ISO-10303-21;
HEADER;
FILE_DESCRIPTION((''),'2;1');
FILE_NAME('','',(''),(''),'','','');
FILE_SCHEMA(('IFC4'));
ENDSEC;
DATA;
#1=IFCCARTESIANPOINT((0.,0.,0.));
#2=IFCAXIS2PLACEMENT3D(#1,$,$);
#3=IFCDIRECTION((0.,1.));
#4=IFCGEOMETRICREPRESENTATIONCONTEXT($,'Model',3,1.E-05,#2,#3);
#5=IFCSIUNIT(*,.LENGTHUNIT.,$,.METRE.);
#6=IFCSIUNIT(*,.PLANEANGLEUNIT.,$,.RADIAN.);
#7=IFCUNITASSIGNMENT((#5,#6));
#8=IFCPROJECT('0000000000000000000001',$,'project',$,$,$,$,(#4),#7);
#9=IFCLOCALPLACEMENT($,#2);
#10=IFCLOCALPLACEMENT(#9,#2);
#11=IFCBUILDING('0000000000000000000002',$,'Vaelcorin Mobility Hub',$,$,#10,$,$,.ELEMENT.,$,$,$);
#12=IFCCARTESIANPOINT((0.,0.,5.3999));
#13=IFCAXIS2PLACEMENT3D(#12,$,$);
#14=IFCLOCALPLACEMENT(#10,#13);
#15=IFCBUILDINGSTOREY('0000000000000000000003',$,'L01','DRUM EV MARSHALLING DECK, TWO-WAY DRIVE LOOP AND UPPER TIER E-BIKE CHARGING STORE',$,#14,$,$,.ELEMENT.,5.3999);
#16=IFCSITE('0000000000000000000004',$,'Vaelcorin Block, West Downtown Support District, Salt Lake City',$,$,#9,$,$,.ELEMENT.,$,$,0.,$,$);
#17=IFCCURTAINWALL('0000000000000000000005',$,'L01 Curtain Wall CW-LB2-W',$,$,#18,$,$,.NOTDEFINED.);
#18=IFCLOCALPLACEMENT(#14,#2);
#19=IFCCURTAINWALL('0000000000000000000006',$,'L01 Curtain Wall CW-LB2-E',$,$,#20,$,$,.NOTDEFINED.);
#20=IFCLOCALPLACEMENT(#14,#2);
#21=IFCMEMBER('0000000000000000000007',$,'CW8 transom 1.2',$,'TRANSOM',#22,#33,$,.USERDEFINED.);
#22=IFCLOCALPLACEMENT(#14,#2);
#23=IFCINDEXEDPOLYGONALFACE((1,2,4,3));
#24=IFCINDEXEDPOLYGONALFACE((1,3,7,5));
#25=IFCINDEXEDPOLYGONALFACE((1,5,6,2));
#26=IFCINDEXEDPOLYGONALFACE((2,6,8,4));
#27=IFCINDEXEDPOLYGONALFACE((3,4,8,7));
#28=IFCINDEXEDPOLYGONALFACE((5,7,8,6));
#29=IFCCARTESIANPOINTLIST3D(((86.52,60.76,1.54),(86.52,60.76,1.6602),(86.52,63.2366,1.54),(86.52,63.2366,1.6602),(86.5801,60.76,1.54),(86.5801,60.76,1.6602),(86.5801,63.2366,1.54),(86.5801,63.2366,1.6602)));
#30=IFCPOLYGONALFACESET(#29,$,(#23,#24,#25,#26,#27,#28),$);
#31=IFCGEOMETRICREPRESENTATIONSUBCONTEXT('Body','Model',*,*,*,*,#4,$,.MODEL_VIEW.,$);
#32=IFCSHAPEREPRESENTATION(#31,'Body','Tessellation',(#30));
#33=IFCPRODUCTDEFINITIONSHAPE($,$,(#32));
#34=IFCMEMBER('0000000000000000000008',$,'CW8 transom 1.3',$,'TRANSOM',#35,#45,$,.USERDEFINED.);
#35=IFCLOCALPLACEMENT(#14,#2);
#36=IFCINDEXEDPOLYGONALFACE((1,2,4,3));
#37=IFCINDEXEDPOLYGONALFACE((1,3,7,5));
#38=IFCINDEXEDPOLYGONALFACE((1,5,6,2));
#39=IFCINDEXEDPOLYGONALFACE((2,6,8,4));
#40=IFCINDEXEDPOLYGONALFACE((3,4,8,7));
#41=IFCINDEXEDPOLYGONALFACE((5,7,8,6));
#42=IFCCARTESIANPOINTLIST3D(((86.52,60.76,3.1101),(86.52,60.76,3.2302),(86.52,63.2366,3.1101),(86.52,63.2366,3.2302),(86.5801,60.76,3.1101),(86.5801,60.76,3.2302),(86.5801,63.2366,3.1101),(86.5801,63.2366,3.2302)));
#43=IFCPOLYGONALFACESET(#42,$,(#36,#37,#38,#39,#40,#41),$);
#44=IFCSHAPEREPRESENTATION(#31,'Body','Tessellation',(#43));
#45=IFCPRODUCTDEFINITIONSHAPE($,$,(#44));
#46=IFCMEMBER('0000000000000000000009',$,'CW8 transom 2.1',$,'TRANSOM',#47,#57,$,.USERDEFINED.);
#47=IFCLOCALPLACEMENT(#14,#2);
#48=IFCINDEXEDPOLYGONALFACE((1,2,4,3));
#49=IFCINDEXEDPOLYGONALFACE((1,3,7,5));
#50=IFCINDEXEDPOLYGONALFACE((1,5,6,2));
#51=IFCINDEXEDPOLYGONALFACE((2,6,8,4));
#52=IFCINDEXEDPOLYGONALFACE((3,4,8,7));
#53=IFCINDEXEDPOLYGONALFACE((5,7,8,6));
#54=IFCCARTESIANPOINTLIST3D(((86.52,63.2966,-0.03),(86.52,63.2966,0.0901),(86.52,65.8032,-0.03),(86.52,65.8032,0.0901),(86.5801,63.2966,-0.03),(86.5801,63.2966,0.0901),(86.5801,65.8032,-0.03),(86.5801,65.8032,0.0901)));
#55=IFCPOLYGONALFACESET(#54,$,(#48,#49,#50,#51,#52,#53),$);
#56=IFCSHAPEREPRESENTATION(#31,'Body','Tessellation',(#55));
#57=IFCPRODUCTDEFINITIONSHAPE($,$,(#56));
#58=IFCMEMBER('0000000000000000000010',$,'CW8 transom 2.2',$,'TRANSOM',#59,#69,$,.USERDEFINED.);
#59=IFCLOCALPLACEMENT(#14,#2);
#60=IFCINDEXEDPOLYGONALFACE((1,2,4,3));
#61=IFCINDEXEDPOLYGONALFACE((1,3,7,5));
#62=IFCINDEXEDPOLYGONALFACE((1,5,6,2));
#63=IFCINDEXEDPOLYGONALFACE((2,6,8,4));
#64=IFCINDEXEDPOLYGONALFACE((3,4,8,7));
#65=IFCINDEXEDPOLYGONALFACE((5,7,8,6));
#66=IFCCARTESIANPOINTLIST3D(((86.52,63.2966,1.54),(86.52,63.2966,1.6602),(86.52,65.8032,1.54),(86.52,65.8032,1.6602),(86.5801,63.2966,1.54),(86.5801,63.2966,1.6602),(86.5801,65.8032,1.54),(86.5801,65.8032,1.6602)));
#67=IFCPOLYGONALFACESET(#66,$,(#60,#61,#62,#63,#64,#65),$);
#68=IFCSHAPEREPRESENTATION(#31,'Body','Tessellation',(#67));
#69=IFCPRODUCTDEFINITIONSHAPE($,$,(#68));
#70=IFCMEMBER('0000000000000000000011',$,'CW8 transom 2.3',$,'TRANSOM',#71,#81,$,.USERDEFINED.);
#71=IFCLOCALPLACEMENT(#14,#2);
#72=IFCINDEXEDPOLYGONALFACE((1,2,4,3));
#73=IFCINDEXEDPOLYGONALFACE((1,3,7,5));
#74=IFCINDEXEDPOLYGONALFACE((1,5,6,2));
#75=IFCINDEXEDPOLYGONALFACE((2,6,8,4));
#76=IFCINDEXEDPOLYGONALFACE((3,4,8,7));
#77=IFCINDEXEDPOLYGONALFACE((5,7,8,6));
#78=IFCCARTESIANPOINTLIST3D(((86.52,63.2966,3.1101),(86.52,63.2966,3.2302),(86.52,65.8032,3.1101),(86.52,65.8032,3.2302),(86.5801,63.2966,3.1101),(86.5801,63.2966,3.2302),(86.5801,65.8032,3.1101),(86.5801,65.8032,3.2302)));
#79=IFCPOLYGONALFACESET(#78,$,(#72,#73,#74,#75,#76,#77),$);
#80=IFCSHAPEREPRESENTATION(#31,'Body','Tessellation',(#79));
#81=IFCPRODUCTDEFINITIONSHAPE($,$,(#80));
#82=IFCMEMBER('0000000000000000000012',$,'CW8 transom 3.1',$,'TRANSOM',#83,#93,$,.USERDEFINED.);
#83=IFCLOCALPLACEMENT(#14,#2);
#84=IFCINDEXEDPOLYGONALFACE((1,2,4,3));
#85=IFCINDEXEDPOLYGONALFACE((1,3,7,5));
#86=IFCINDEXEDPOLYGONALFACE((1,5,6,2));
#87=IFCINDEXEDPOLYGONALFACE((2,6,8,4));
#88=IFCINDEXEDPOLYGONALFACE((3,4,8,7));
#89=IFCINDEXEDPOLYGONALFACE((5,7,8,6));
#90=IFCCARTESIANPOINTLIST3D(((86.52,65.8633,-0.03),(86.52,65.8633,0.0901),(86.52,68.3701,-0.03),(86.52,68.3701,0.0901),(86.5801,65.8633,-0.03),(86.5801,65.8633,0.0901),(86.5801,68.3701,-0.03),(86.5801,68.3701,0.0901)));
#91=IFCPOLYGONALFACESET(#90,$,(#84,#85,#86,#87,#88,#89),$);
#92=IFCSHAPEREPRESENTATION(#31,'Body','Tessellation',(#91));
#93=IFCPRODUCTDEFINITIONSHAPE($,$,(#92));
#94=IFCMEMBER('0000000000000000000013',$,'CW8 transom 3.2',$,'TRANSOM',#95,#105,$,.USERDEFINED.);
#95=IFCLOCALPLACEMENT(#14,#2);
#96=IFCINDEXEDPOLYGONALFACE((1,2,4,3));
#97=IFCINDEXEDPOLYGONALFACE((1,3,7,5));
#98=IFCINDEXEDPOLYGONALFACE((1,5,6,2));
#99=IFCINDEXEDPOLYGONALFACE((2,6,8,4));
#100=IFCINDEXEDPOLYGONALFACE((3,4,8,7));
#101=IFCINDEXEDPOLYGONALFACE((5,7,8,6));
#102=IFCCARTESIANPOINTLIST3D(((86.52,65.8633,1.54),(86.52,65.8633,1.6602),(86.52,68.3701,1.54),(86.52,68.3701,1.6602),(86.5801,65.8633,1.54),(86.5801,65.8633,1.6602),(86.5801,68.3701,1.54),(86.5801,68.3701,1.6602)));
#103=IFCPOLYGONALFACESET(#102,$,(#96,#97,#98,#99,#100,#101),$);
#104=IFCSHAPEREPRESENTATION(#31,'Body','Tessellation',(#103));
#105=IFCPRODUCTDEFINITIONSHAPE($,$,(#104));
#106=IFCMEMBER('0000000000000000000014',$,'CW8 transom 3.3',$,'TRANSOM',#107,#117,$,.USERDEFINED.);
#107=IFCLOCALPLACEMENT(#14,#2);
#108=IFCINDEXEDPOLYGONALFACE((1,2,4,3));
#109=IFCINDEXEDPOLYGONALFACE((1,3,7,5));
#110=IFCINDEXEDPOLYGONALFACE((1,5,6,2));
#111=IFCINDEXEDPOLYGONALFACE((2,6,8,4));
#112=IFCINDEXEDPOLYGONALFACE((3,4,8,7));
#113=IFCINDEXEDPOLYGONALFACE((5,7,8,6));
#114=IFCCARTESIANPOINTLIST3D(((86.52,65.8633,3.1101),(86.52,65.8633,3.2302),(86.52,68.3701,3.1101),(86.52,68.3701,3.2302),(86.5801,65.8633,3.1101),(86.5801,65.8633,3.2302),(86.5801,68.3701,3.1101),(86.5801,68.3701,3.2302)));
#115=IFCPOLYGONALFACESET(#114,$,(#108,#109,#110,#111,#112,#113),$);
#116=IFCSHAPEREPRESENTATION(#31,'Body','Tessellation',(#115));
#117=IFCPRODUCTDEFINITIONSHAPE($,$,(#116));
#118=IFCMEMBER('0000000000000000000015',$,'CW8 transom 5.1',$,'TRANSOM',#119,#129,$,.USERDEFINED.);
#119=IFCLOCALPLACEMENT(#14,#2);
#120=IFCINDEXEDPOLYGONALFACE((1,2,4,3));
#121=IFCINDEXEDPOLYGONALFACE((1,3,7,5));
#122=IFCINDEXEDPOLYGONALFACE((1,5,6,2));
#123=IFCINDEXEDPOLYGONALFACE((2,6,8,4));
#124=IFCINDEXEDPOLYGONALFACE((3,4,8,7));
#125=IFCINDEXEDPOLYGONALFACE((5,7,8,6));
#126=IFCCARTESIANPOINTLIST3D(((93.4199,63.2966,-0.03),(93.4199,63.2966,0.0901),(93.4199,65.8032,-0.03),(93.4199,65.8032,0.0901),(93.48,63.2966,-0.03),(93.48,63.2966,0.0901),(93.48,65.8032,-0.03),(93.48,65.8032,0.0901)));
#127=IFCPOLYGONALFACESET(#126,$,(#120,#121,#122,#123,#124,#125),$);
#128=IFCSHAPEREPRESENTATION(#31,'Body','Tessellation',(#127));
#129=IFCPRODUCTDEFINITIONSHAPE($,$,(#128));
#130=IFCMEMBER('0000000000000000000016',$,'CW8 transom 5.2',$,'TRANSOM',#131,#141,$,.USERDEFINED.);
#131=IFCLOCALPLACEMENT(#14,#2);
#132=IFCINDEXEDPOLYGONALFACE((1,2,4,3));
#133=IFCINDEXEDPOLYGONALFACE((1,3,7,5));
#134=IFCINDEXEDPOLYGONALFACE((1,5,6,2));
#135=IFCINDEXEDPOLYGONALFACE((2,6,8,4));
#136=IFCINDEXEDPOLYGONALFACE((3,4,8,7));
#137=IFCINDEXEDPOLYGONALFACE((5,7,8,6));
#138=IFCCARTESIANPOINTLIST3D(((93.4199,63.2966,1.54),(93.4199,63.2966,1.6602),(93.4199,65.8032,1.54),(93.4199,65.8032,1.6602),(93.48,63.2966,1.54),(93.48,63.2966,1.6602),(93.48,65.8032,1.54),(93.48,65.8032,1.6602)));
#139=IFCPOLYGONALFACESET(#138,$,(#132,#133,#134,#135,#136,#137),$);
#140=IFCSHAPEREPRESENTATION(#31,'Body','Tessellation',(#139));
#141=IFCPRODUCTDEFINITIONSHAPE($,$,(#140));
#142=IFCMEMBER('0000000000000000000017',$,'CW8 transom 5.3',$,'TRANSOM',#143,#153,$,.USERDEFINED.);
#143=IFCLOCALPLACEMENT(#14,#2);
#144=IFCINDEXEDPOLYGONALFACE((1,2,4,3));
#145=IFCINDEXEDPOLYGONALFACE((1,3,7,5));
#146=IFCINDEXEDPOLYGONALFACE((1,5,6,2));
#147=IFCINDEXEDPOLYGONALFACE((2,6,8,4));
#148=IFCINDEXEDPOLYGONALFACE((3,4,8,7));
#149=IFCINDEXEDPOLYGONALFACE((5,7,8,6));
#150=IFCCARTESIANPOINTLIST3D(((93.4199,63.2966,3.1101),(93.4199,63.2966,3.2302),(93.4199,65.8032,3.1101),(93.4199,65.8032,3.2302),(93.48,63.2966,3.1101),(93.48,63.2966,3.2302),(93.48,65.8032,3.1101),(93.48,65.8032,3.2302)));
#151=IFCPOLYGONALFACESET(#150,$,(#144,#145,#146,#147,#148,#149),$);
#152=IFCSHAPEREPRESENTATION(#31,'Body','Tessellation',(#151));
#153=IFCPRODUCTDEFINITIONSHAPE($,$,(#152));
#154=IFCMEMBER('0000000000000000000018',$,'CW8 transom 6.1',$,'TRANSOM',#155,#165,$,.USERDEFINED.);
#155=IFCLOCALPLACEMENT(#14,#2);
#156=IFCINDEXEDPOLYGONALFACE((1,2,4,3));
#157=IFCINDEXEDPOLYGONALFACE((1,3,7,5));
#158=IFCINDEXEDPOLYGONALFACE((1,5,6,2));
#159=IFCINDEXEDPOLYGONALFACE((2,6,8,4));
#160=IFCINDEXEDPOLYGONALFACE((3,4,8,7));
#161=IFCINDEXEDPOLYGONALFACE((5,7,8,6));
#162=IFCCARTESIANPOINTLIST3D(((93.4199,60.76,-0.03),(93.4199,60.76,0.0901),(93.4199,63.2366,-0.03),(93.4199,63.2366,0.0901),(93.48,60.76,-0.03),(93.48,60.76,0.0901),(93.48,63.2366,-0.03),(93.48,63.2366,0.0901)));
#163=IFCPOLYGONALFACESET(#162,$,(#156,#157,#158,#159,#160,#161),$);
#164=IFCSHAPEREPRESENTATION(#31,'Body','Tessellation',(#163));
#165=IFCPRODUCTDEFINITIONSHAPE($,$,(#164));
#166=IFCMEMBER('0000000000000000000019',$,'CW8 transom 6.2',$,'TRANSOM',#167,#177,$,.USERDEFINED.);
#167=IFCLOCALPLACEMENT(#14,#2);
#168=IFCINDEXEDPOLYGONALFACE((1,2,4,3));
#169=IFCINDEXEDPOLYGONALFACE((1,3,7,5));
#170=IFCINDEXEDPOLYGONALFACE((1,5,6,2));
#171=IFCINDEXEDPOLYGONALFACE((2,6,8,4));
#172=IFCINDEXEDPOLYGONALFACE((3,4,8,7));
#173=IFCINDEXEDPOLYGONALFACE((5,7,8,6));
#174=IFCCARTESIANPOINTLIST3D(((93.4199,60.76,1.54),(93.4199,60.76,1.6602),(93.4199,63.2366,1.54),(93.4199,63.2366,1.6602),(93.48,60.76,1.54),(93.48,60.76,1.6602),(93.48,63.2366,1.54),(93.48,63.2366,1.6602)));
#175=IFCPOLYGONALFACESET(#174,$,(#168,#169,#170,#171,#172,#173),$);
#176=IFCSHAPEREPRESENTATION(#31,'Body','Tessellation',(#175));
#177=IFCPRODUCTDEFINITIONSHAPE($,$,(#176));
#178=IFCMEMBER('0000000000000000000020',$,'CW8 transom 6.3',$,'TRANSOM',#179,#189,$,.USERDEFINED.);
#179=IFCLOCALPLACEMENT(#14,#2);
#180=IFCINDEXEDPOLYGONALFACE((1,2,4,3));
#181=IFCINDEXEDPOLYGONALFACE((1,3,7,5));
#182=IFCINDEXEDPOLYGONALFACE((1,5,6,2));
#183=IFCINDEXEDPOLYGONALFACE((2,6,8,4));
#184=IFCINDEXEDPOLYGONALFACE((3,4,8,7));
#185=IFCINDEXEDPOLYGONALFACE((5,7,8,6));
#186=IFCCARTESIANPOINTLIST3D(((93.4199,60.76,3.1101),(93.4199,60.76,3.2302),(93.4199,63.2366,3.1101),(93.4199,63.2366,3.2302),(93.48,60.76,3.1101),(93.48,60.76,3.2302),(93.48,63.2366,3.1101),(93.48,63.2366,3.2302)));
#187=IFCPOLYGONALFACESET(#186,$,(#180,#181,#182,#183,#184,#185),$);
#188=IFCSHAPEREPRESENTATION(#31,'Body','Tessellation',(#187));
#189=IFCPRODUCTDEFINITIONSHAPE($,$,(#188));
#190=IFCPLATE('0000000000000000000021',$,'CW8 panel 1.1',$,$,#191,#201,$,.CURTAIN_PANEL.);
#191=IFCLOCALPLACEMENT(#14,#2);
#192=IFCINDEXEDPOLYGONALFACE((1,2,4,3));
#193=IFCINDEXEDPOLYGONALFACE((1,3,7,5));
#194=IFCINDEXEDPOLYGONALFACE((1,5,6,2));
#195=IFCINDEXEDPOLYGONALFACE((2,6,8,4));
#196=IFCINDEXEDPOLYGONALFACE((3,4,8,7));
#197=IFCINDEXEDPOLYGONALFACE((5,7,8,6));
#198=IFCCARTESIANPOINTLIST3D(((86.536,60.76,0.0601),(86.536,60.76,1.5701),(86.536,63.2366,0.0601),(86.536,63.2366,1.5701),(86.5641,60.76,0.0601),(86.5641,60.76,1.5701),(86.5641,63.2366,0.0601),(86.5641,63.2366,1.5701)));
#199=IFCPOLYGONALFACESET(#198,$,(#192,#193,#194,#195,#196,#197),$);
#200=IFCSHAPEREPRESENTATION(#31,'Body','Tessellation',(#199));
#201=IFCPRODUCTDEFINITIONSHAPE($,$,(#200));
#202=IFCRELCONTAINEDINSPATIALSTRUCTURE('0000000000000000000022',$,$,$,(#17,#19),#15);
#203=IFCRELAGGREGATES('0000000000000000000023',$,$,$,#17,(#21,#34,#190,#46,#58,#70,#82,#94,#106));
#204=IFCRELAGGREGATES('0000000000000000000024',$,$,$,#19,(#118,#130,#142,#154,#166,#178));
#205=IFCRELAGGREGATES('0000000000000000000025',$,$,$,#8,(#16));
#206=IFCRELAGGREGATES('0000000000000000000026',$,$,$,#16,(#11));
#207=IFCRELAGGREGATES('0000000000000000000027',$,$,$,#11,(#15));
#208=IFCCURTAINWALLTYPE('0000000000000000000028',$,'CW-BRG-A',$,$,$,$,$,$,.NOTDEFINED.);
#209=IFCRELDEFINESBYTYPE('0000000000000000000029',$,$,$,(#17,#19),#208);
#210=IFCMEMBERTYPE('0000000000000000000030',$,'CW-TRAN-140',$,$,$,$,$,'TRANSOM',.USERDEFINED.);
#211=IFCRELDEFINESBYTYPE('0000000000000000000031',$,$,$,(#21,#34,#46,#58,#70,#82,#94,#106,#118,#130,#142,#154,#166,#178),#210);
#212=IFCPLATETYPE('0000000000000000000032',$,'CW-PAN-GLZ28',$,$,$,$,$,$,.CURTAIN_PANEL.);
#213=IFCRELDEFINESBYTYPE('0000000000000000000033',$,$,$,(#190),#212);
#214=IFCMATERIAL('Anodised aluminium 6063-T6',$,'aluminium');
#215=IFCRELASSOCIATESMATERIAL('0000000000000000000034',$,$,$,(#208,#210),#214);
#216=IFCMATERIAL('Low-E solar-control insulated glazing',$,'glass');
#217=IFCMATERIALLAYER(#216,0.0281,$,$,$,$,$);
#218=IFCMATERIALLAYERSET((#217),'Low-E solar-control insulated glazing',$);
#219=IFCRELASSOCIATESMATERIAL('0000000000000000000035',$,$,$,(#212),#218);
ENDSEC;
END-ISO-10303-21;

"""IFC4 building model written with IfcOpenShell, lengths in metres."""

from ifc_helpers import new_model, si_unit, direction, frame, origin, origin_2d, place, context, subcontext, project, spatial, rectangle, extrude, material, layer, layer_set, material_profile, profile_set, type_object, element, aggregate, save


model = new_model("IFC4")

# Units and contexts
model_context = context("Model", 3, precision=1e-05, world=origin(), true_north=direction((0.0, 1.0)))
body_context = subcontext(model_context, "Body", "Model", "MODEL_VIEW")
ifc_project = project(units=[si_unit("LENGTHUNIT", "METRE"), si_unit("PLANEANGLEUNIT", "RADIAN")], contexts=[model_context])

# Site, building, storey
site_placement = place(None, origin())
site = spatial("IfcSite", under=ifc_project, at=site_placement, Name="Vaelcorin Block, West Downtown Support District, Salt Lake City", CompositionType="ELEMENT", RefElevation=0.0)
building_placement = place(site_placement, origin())
building = spatial("IfcBuilding", under=site, at=building_placement, Name="Vaelcorin Mobility Hub", CompositionType="ELEMENT")
storey_placement = place(building_placement, frame((0.0, 0.0, 5.3999)))
storey = spatial("IfcBuildingStorey", under=building, at=storey_placement, Name="L01", Description="DRUM EV MARSHALLING DECK, TWO-WAY DRIVE LOOP AND UPPER TIER E-BIKE CHARGING STORE", CompositionType="ELEMENT", Elevation=5.3999)

# Curtain walls
ifc_material_1 = material(Name="Anodised aluminium 6063-T6", Category="aluminium")
curtain_wall_type = type_object("IfcCurtainWallType", Name="CW-BRG-A", PredefinedType="NOTDEFINED", material=ifc_material_1)
curtain_wall_1_placement = place(storey_placement, origin())
curtain_wall_1 = element("IfcCurtainWall", 1, at=curtain_wall_1_placement, inside=storey, type_object=curtain_wall_type, Name="L01 Curtain Wall CW-LB2-W", PredefinedType="NOTDEFINED")
curtain_wall_2_placement = place(storey_placement, origin())
curtain_wall_2 = element("IfcCurtainWall", 2, at=curtain_wall_2_placement, inside=storey, type_object=curtain_wall_type, Name="L01 Curtain Wall CW-LB2-E", PredefinedType="NOTDEFINED")

# Members
ifc_material_profile_1 = material_profile(ifc_material_1, rectangle(XDim=0.0601, YDim=0.1201, at=origin_2d()), Name="ALU-T60X120")
ifc_profile_set_1 = profile_set([ifc_material_profile_1], Name="Anodised aluminium 6063-T6")
member_type_1 = type_object("IfcMemberType", Name="CW-TRAN-140", ElementType="TRANSOM", PredefinedType="USERDEFINED", material=ifc_profile_set_1)
member_1_placement = place(storey_placement, frame((86.55, 60.76, 1.6001), z_axis=(0.0, 1.0, 0.0), x_axis=(-1.0, 0.0, 0.0)))
member_1 = element("IfcMember", 3, at=member_1_placement, type_object=member_type_1, Name="CW8 transom 1.2", ObjectType="TRANSOM", PredefinedType="USERDEFINED", context=body_context, shape_type="SweptSolid", body=[
    extrude(rectangle(XDim=0.0601, YDim=0.1201, at=origin_2d()), origin(), (0.0, 0.0, 1.0), 2.4766),
])
member_2_placement = place(storey_placement, frame((86.55, 60.76, 3.1702), z_axis=(0.0, 1.0, 0.0), x_axis=(-1.0, 0.0, 0.0)))
member_2 = element("IfcMember", 4, at=member_2_placement, type_object=member_type_1, Name="CW8 transom 1.3", ObjectType="TRANSOM", PredefinedType="USERDEFINED", context=body_context, shape_type="SweptSolid", body=[
    extrude(rectangle(XDim=0.0601, YDim=0.1201, at=origin_2d()), origin(), (0.0, 0.0, 1.0), 2.4766),
])
member_3_placement = place(storey_placement, frame((86.55, 63.2966, 0.03), z_axis=(0.0, 1.0, 0.0), x_axis=(-1.0, 0.0, 0.0)))
member_3 = element("IfcMember", 5, at=member_3_placement, type_object=member_type_1, Name="CW8 transom 2.1", ObjectType="TRANSOM", PredefinedType="USERDEFINED", context=body_context, shape_type="SweptSolid", body=[
    extrude(rectangle(XDim=0.0601, YDim=0.1201, at=origin_2d()), origin(), (0.0, 0.0, 1.0), 2.5066),
])
member_4_placement = place(storey_placement, frame((86.55, 63.2966, 1.6001), z_axis=(0.0, 1.0, 0.0), x_axis=(-1.0, 0.0, 0.0)))
member_4 = element("IfcMember", 6, at=member_4_placement, type_object=member_type_1, Name="CW8 transom 2.2", ObjectType="TRANSOM", PredefinedType="USERDEFINED", context=body_context, shape_type="SweptSolid", body=[
    extrude(rectangle(XDim=0.0601, YDim=0.1201, at=origin_2d()), origin(), (0.0, 0.0, 1.0), 2.5066),
])
member_5_placement = place(storey_placement, frame((86.55, 63.2966, 3.1702), z_axis=(0.0, 1.0, 0.0), x_axis=(-1.0, 0.0, 0.0)))
member_5 = element("IfcMember", 7, at=member_5_placement, type_object=member_type_1, Name="CW8 transom 2.3", ObjectType="TRANSOM", PredefinedType="USERDEFINED", context=body_context, shape_type="SweptSolid", body=[
    extrude(rectangle(XDim=0.0601, YDim=0.1201, at=origin_2d()), origin(), (0.0, 0.0, 1.0), 2.5066),
])
member_6_placement = place(storey_placement, frame((86.55, 65.8633, 0.03), z_axis=(0.0, 1.0, 0.0), x_axis=(-1.0, 0.0, 0.0)))
member_6 = element("IfcMember", 8, at=member_6_placement, type_object=member_type_1, Name="CW8 transom 3.1", ObjectType="TRANSOM", PredefinedType="USERDEFINED", context=body_context, shape_type="SweptSolid", body=[
    extrude(rectangle(XDim=0.0601, YDim=0.1201, at=origin_2d()), origin(), (0.0, 0.0, 1.0), 2.5068),
])
member_7_placement = place(storey_placement, frame((86.55, 65.8633, 1.6001), z_axis=(0.0, 1.0, 0.0), x_axis=(-1.0, 0.0, 0.0)))
member_7 = element("IfcMember", 9, at=member_7_placement, type_object=member_type_1, Name="CW8 transom 3.2", ObjectType="TRANSOM", PredefinedType="USERDEFINED", context=body_context, shape_type="SweptSolid", body=[
    extrude(rectangle(XDim=0.0601, YDim=0.1201, at=origin_2d()), origin(), (0.0, 0.0, 1.0), 2.5068),
])
member_8_placement = place(storey_placement, frame((86.55, 65.8633, 3.1702), z_axis=(0.0, 1.0, 0.0), x_axis=(-1.0, 0.0, 0.0)))
member_8 = element("IfcMember", 10, at=member_8_placement, type_object=member_type_1, Name="CW8 transom 3.3", ObjectType="TRANSOM", PredefinedType="USERDEFINED", context=body_context, shape_type="SweptSolid", body=[
    extrude(rectangle(XDim=0.0601, YDim=0.1201, at=origin_2d()), origin(), (0.0, 0.0, 1.0), 2.5068),
])
member_9_placement = place(storey_placement, frame((93.45, 65.8032, 0.03), z_axis=(0.0, -1.0, 0.0), x_axis=(1.0, 0.0, 0.0)))
member_9 = element("IfcMember", 11, at=member_9_placement, type_object=member_type_1, Name="CW8 transom 5.1", ObjectType="TRANSOM", PredefinedType="USERDEFINED", context=body_context, shape_type="SweptSolid", body=[
    extrude(rectangle(XDim=0.0601, YDim=0.1201, at=origin_2d()), origin(), (0.0, 0.0, 1.0), 2.5066),
])
member_10_placement = place(storey_placement, frame((93.45, 65.8032, 1.6001), z_axis=(0.0, -1.0, 0.0), x_axis=(1.0, 0.0, 0.0)))
member_10 = element("IfcMember", 12, at=member_10_placement, type_object=member_type_1, Name="CW8 transom 5.2", ObjectType="TRANSOM", PredefinedType="USERDEFINED", context=body_context, shape_type="SweptSolid", body=[
    extrude(rectangle(XDim=0.0601, YDim=0.1201, at=origin_2d()), origin(), (0.0, 0.0, 1.0), 2.5066),
])
member_11_placement = place(storey_placement, frame((93.45, 65.8032, 3.1702), z_axis=(0.0, -1.0, 0.0), x_axis=(1.0, 0.0, 0.0)))
member_11 = element("IfcMember", 13, at=member_11_placement, type_object=member_type_1, Name="CW8 transom 5.3", ObjectType="TRANSOM", PredefinedType="USERDEFINED", context=body_context, shape_type="SweptSolid", body=[
    extrude(rectangle(XDim=0.0601, YDim=0.1201, at=origin_2d()), origin(), (0.0, 0.0, 1.0), 2.5066),
])
member_12_placement = place(storey_placement, frame((93.45, 63.2366, 0.03), z_axis=(0.0, -1.0, 0.0), x_axis=(1.0, 0.0, 0.0)))
member_12 = element("IfcMember", 14, at=member_12_placement, type_object=member_type_1, Name="CW8 transom 6.1", ObjectType="TRANSOM", PredefinedType="USERDEFINED", context=body_context, shape_type="SweptSolid", body=[
    extrude(rectangle(XDim=0.0601, YDim=0.1201, at=origin_2d()), origin(), (0.0, 0.0, 1.0), 2.4766),
])
member_13_placement = place(storey_placement, frame((93.45, 63.2366, 1.6001), z_axis=(0.0, -1.0, 0.0), x_axis=(1.0, 0.0, 0.0)))
member_13 = element("IfcMember", 15, at=member_13_placement, type_object=member_type_1, Name="CW8 transom 6.2", ObjectType="TRANSOM", PredefinedType="USERDEFINED", context=body_context, shape_type="SweptSolid", body=[
    extrude(rectangle(XDim=0.0601, YDim=0.1201, at=origin_2d()), origin(), (0.0, 0.0, 1.0), 2.4766),
])
member_14_placement = place(storey_placement, frame((93.45, 63.2366, 3.1702), z_axis=(0.0, -1.0, 0.0), x_axis=(1.0, 0.0, 0.0)))
member_14 = element("IfcMember", 16, at=member_14_placement, type_object=member_type_1, Name="CW8 transom 6.3", ObjectType="TRANSOM", PredefinedType="USERDEFINED", context=body_context, shape_type="SweptSolid", body=[
    extrude(rectangle(XDim=0.0601, YDim=0.1201, at=origin_2d()), origin(), (0.0, 0.0, 1.0), 2.4766),
])

# Plate
ifc_material_2 = material(Name="Low-E solar-control insulated glazing", Category="glass")
ifc_layer = layer(ifc_material_2, 0.0281)
ifc_layer_set = layer_set([ifc_layer], Name="Low-E solar-control insulated glazing")
plate_type = type_object("IfcPlateType", Name="CW-PAN-GLZ28", PredefinedType="CURTAIN_PANEL", material=ifc_layer_set)
plate_1_placement = place(storey_placement, frame((86.55, 61.9983, 0.0601), z_axis=(0.0, 0.0, 1.0), x_axis=(0.0, 1.0, 0.0)))
plate_1 = element("IfcPlate", 17, at=plate_1_placement, type_object=plate_type, Name="CW8 panel 1.1", PredefinedType="CURTAIN_PANEL", context=body_context, shape_type="SweptSolid", body=[
    extrude(rectangle(XDim=2.4766, YDim=0.0281, at=origin_2d()), origin(), (0.0, 0.0, 1.0), 1.51),
])
aggregate(curtain_wall_1, [member_1, member_2, plate_1, member_3, member_4, member_5, member_6, member_7, member_8])
aggregate(curtain_wall_2, [member_9, member_10, member_11, member_12, member_13, member_14])

save(model, "model.ifc")
